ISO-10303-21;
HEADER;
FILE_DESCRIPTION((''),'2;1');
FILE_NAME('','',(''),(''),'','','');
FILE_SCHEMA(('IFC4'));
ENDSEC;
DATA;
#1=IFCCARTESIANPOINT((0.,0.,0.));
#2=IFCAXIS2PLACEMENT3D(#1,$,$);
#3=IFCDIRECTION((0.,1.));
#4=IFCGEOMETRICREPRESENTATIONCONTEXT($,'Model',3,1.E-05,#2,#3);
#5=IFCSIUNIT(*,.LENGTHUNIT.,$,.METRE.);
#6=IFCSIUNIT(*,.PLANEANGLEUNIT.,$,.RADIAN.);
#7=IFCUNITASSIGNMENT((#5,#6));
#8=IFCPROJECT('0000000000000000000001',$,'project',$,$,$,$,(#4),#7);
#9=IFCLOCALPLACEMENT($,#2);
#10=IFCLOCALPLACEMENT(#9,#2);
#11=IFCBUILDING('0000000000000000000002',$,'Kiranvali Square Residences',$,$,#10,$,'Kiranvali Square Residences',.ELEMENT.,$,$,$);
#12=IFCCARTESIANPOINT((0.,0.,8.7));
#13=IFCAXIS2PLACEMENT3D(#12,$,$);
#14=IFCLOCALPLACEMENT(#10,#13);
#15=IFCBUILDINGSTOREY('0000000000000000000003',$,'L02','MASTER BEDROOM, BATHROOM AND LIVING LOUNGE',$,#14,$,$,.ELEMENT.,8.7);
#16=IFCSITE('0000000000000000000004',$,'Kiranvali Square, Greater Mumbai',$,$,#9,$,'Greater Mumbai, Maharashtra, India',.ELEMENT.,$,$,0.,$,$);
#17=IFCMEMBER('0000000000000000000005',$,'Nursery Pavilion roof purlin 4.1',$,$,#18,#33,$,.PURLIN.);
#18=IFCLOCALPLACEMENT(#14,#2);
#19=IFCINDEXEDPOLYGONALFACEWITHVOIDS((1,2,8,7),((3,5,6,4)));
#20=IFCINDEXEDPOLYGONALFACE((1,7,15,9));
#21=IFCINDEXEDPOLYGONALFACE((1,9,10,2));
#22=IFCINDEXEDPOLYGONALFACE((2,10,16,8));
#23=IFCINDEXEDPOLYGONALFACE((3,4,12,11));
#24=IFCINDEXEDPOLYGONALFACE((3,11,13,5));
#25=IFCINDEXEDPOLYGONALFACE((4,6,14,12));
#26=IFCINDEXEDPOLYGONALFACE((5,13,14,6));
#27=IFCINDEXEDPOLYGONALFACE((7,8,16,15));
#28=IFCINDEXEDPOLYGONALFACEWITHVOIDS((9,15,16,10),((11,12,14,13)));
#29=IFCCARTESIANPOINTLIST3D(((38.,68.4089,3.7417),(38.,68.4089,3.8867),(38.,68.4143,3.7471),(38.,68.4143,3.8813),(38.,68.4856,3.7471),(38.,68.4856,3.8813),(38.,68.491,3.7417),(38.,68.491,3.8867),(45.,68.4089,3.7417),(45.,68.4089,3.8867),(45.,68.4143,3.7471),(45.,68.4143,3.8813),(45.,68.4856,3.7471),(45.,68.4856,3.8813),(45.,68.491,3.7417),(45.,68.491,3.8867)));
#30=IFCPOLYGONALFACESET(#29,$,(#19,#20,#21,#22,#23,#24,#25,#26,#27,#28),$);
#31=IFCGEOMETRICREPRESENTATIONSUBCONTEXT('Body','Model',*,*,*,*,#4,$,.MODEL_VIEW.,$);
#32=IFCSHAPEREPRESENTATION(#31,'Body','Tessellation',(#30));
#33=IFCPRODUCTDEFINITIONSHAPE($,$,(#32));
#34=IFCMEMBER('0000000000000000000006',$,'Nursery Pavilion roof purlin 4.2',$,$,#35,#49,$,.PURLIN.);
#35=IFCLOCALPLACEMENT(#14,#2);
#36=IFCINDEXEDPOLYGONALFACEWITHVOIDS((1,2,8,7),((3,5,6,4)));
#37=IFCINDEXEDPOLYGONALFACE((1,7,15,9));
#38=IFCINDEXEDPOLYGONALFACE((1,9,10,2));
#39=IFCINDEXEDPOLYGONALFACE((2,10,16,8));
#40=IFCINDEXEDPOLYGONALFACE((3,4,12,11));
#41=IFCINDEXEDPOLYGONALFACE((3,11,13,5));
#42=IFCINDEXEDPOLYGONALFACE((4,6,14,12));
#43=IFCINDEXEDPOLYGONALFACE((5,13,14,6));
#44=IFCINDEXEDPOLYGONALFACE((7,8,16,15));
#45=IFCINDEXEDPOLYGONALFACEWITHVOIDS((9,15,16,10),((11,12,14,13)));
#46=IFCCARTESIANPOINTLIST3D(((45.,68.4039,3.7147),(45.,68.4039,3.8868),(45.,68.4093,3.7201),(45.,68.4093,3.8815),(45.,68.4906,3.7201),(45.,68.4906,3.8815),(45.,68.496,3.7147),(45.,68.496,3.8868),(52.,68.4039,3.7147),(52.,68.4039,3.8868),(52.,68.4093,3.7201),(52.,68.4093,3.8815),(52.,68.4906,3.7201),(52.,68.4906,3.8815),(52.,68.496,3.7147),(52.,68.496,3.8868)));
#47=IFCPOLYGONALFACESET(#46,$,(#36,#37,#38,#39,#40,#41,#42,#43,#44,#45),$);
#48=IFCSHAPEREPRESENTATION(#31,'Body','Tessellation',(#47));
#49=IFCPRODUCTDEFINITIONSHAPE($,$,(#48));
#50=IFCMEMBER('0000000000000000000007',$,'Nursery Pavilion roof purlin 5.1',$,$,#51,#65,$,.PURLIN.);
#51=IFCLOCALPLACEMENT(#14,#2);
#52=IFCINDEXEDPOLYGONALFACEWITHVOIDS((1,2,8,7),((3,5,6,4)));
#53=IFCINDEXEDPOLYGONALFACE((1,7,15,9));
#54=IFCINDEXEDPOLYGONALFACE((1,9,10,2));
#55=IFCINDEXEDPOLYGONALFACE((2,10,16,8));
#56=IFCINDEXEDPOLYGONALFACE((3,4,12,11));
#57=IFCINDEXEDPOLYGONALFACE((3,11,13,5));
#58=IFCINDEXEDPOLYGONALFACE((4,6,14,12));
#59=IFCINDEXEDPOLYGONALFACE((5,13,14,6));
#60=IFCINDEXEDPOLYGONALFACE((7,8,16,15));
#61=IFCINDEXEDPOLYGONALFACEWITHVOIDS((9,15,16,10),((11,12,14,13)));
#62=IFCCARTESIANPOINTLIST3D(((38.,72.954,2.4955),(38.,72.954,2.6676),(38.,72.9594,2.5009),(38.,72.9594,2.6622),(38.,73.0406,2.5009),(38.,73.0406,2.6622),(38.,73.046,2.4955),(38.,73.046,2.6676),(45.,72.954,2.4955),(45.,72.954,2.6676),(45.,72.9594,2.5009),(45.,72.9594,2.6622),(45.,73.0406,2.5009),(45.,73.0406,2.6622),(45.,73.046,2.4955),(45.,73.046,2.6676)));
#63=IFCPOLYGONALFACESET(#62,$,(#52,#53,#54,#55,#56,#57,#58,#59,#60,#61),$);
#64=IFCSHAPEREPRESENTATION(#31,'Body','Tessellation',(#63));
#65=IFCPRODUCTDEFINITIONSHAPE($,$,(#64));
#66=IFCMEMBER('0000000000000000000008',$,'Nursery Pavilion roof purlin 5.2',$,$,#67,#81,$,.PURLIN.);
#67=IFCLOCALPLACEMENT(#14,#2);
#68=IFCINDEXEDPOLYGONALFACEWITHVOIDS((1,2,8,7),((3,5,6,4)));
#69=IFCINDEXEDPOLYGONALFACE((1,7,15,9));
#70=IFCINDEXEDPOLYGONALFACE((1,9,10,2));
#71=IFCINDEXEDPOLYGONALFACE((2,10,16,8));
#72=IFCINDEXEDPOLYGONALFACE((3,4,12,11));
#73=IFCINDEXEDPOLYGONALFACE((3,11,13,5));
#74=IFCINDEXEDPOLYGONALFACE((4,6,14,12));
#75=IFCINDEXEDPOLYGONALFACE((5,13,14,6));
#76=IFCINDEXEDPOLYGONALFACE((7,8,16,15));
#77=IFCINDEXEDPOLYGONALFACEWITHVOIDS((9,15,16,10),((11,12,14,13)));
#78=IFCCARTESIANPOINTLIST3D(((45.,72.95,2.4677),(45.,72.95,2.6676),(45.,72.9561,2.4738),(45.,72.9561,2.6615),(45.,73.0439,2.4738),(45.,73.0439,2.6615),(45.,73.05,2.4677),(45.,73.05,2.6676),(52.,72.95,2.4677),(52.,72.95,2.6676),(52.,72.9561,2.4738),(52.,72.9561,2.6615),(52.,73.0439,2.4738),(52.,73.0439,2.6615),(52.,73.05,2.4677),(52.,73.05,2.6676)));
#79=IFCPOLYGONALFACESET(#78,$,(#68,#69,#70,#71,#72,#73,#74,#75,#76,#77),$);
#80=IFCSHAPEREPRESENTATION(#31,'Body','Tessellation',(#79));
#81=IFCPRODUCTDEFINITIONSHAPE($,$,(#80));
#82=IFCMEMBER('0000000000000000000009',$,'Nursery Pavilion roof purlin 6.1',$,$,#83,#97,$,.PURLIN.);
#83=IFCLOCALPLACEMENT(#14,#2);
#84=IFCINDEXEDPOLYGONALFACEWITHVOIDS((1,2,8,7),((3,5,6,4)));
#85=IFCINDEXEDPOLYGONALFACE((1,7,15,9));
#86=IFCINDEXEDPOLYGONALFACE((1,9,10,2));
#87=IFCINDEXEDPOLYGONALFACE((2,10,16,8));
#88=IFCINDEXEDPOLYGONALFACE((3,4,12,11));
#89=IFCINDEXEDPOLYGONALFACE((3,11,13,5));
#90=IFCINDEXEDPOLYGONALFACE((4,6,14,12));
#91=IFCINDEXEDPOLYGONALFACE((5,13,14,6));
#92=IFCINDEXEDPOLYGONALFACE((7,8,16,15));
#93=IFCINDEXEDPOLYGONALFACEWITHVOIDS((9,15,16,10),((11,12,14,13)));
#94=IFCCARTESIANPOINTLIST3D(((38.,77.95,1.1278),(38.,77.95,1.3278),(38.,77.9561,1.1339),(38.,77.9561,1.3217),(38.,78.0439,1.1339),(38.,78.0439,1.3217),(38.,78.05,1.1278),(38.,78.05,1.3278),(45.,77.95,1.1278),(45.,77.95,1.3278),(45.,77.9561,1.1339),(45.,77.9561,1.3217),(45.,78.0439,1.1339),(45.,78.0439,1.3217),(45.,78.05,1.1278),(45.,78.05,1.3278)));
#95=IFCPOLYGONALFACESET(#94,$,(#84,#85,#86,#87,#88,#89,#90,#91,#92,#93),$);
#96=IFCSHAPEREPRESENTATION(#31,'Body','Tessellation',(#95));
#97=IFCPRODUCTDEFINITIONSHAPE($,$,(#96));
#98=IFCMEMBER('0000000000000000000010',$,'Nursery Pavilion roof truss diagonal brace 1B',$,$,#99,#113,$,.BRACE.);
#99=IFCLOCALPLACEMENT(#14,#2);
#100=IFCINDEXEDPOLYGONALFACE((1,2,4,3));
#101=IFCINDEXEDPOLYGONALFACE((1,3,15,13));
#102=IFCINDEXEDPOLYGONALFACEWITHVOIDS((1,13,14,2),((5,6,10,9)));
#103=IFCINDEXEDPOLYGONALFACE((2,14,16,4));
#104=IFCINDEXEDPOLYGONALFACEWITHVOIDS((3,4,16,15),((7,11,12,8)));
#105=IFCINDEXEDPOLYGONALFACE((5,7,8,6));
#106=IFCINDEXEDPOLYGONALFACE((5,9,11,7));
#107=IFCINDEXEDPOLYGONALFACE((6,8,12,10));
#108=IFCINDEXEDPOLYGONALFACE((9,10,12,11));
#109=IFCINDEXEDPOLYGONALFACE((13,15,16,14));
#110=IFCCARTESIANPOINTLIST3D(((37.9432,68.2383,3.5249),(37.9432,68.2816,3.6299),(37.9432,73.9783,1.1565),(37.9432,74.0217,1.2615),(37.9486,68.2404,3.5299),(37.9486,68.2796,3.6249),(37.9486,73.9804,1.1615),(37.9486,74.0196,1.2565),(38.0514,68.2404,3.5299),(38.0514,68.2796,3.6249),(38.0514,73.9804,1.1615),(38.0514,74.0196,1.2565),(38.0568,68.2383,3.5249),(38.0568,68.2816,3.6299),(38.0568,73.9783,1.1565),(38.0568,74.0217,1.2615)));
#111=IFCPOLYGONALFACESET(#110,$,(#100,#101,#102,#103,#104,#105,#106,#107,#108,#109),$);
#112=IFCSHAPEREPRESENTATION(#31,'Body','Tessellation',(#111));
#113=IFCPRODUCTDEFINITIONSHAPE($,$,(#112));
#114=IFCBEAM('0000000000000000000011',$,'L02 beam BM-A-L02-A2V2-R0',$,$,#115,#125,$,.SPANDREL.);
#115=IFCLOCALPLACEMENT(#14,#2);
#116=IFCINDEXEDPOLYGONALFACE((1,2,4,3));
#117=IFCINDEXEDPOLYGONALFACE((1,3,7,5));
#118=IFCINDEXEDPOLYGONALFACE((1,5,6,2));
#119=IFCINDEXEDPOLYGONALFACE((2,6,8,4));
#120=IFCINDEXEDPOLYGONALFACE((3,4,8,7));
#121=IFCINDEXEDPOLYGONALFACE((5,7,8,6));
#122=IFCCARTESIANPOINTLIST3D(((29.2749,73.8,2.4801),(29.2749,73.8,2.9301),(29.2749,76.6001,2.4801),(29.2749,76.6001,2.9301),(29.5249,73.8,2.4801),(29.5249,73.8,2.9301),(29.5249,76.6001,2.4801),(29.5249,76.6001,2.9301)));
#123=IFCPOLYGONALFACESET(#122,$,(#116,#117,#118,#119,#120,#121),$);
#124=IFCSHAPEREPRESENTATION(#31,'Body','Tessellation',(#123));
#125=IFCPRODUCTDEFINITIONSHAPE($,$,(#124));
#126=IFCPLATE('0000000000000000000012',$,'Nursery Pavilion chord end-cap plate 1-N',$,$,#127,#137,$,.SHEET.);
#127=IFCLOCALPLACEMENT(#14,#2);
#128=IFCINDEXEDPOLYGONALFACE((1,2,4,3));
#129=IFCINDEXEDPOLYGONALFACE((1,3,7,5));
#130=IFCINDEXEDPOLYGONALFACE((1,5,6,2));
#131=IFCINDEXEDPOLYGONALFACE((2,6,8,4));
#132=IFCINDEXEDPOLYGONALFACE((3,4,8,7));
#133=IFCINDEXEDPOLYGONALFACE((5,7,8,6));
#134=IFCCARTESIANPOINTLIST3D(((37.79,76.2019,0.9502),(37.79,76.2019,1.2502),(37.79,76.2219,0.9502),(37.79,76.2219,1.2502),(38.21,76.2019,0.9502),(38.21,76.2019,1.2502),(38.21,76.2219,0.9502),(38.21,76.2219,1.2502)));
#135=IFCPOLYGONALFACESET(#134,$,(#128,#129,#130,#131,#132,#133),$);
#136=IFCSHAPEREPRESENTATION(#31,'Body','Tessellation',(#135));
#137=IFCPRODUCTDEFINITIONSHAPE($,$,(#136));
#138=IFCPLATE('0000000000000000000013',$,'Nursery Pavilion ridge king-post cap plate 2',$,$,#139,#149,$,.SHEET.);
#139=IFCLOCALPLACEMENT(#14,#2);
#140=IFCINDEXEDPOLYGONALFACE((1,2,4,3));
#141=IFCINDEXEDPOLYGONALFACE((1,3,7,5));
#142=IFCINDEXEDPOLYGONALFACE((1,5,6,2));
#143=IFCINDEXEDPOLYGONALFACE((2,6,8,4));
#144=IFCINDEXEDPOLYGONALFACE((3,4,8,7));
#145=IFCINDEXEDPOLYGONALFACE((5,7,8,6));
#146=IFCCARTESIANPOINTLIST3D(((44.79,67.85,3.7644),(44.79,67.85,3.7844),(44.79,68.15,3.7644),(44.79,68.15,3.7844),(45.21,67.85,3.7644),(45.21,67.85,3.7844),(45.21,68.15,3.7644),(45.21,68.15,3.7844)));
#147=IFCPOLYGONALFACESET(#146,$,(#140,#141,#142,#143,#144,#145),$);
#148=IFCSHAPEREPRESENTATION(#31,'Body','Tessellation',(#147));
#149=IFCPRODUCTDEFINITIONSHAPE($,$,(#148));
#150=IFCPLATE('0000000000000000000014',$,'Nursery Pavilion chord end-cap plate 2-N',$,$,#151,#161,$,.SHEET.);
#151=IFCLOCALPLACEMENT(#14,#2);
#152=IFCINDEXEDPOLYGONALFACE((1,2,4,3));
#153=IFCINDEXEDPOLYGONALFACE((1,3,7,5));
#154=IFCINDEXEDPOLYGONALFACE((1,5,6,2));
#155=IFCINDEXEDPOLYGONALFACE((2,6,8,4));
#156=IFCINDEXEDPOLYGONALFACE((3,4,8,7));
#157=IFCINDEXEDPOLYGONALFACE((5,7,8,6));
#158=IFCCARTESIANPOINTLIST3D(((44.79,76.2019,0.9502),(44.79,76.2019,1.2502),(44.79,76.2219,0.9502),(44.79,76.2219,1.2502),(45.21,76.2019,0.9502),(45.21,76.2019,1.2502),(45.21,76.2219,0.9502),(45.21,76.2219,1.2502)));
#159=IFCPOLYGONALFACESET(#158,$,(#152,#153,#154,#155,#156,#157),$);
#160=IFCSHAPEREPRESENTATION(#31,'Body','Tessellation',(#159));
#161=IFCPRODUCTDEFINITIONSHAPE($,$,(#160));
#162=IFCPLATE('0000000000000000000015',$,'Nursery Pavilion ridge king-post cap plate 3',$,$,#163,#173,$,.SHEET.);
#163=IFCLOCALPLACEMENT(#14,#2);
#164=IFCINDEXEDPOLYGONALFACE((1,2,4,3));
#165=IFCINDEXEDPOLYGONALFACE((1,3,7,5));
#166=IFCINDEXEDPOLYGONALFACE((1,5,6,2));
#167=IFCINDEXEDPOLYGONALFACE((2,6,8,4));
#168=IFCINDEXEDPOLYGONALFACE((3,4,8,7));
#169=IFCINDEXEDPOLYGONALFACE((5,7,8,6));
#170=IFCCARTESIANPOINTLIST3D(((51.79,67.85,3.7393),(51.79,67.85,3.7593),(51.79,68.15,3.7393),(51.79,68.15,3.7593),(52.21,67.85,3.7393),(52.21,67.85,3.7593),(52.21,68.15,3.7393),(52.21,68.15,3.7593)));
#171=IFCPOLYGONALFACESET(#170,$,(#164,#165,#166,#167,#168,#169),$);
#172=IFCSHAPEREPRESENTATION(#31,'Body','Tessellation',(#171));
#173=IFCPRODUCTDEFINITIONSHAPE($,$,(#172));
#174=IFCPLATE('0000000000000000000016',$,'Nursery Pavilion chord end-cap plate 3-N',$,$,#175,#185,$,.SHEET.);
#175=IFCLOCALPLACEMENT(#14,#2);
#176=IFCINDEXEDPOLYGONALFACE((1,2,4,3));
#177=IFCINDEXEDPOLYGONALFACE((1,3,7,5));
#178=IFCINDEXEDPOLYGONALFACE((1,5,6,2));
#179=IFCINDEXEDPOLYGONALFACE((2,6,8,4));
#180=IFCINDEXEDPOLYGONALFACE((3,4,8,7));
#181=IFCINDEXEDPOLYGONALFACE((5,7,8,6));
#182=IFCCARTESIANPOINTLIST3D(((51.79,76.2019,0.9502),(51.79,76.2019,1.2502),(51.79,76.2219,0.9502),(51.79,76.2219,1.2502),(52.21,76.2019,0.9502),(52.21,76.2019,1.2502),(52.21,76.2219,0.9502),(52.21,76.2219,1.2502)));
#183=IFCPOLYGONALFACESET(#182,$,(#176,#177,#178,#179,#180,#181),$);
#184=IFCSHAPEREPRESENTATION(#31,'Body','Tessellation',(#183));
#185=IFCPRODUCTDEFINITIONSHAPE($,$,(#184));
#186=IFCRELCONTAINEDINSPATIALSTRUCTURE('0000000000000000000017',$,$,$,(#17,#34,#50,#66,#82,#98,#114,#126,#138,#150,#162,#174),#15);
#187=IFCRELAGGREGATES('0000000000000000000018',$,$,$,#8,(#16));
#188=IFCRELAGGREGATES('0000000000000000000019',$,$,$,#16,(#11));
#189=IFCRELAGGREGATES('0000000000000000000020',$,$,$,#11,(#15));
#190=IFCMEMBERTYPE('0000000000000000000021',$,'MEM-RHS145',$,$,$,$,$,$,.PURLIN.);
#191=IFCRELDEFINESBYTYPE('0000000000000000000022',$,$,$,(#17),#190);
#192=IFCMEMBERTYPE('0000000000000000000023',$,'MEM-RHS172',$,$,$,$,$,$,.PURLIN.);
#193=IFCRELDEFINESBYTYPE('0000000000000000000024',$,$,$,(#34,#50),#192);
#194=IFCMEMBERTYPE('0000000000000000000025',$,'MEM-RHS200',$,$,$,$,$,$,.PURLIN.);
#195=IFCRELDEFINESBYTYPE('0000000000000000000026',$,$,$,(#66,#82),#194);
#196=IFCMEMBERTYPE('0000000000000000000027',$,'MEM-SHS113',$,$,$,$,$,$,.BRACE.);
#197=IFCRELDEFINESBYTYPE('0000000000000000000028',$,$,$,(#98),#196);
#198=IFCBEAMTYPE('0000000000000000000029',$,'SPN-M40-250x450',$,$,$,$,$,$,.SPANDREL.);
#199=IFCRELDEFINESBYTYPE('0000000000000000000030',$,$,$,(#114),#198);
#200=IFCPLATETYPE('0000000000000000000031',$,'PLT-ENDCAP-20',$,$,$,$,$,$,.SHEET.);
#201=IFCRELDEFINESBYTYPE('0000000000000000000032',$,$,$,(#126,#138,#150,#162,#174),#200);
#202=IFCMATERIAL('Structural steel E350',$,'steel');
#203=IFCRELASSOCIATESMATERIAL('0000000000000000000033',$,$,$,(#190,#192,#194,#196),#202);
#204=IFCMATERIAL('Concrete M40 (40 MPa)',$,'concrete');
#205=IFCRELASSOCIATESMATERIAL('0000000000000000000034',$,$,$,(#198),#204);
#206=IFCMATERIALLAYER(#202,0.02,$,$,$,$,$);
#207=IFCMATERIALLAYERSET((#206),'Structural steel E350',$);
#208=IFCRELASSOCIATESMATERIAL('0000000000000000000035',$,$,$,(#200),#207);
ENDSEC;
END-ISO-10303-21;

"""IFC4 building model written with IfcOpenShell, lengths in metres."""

from ifc_helpers import new_model, si_unit, direction, frame, origin, origin_2d, place, context, subcontext, project, spatial, rectangle, hollow_rectangle, extrude, material, layer, layer_set, material_profile, profile_set, type_object, element, save


model = new_model("IFC4")

# Units and contexts
model_context = context("Model", 3, precision=1e-05, world=origin(), true_north=direction((0.0, 1.0)))
body_context = subcontext(model_context, "Body", "Model", "MODEL_VIEW")
ifc_project = project(units=[si_unit("LENGTHUNIT", "METRE"), si_unit("PLANEANGLEUNIT", "RADIAN")], contexts=[model_context])

# Site, building, storey
site_placement = place(None, origin())
site = spatial("IfcSite", under=ifc_project, at=site_placement, Name="Kiranvali Square, Greater Mumbai", LongName="Greater Mumbai, Maharashtra, India", CompositionType="ELEMENT", RefElevation=0.0)
building_placement = place(site_placement, origin())
building = spatial("IfcBuilding", under=site, at=building_placement, Name="Kiranvali Square Residences", LongName="Kiranvali Square Residences", CompositionType="ELEMENT")
storey_placement = place(building_placement, frame((0.0, 0.0, 8.7)))
storey = spatial("IfcBuildingStorey", under=building, at=storey_placement, Name="L02", Description="MASTER BEDROOM, BATHROOM AND LIVING LOUNGE", CompositionType="ELEMENT", Elevation=8.7)

# Shared definitions
ifc_material_1 = material(Name="Structural steel E350", Category="steel")

# Shared definitions
ifc_material_2 = material(Name="Concrete M40 (40 MPa)", Category="concrete")

# Members
ifc_material_profile_1 = material_profile(ifc_material_1, hollow_rectangle(XDim=0.082, YDim=0.145, WallThickness=0.0054, at=origin_2d()), Name="RHS 145x82x5.4")
ifc_profile_set_1 = profile_set([ifc_material_profile_1], Name="Structural steel E350")
member_type_1 = type_object("IfcMemberType", Name="MEM-RHS145", PredefinedType="PURLIN", material=ifc_profile_set_1)
member_1_placement = place(storey_placement, frame((38.0, 68.45, 3.8142), z_axis=(1.0, 0.0, 0.0), x_axis=(0.0, 1.0, 0.0)))
element("IfcMember", 1, at=member_1_placement, inside=storey, type_object=member_type_1, Name="Nursery Pavilion roof purlin 4.1", PredefinedType="PURLIN", context=body_context, shape_type="SweptSolid", body=[
    extrude(hollow_rectangle(XDim=0.082, YDim=0.145, WallThickness=0.0054, at=origin_2d()), origin(), (0.0, 0.0, 1.0), 7.0),
])
ifc_material_profile_2 = material_profile(ifc_material_1, hollow_rectangle(XDim=0.092, YDim=0.1721, WallThickness=0.0054, at=origin_2d()), Name="RHS 172x92x5.4")
ifc_profile_set_2 = profile_set([ifc_material_profile_2], Name="Structural steel E350")
member_type_2 = type_object("IfcMemberType", Name="MEM-RHS172", PredefinedType="PURLIN", material=ifc_profile_set_2)
for number, where, z_axis, x_axis, name in (
    (2, (45.0, 68.45, 3.8008), (1.0, 0.0, 0.0), (0.0, 1.0, 0.0), "Nursery Pavilion roof purlin 4.2"),
    (3, (38.0, 73.0, 2.5815), (1.0, 0.0, 0.0), (0.0, 1.0, 0.0), "Nursery Pavilion roof purlin 5.1"),
):
    element("IfcMember", number, at=place(storey_placement, frame(where, z_axis=z_axis, x_axis=x_axis)), inside=storey, type_object=member_type_2, Name=name, PredefinedType="PURLIN", context=body_context, shape_type="SweptSolid", body=[
        extrude(hollow_rectangle(XDim=0.092, YDim=0.1721, WallThickness=0.0054, at=origin_2d()), origin(), (0.0, 0.0, 1.0), 7.0),
    ])
ifc_material_profile_3 = material_profile(ifc_material_1, hollow_rectangle(XDim=0.1001, YDim=0.2, WallThickness=0.0061, at=origin_2d()), Name="RHS 200x100x6.0")
ifc_profile_set_3 = profile_set([ifc_material_profile_3], Name="Structural steel E350")
member_type_3 = type_object("IfcMemberType", Name="MEM-RHS200", PredefinedType="PURLIN", material=ifc_profile_set_3)
for number, where, z_axis, x_axis, name in (
    (4, (45.0, 73.0, 2.5676), (1.0, 0.0, 0.0), (0.0, 1.0, 0.0), "Nursery Pavilion roof purlin 5.2"),
    (5, (38.0, 78.0, 1.2278), (1.0, 0.0, 0.0), (0.0, 1.0, 0.0), "Nursery Pavilion roof purlin 6.1"),
):
    element("IfcMember", number, at=place(storey_placement, frame(where, z_axis=z_axis, x_axis=x_axis)), inside=storey, type_object=member_type_3, Name=name, PredefinedType="PURLIN", context=body_context, shape_type="SweptSolid", body=[
        extrude(hollow_rectangle(XDim=0.1001, YDim=0.2, WallThickness=0.0061, at=origin_2d()), origin(), (0.0, 0.0, 1.0), 7.0),
    ])
ifc_material_profile_4 = material_profile(ifc_material_1, hollow_rectangle(XDim=0.1135, YDim=0.1135, WallThickness=0.0054, at=origin_2d()), Name="SHS 113.5x113.5x5.4")
ifc_profile_set_4 = profile_set([ifc_material_profile_4], Name="Structural steel E350")
member_type_4 = type_object("IfcMemberType", Name="MEM-SHS113", PredefinedType="BRACE", material=ifc_profile_set_4)
member_2_placement = place(storey_placement, frame((38.0, 74.0, 1.209), z_axis=(0.0, -0.924401, 0.381422), x_axis=(1.0, 0.0, 0.0)))
element("IfcMember", 6, at=member_2_placement, inside=storey, type_object=member_type_4, Name="Nursery Pavilion roof truss diagonal brace 1B", PredefinedType="BRACE", context=body_context, shape_type="SweptSolid", body=[
    extrude(hollow_rectangle(XDim=0.1135, YDim=0.1135, WallThickness=0.0054, at=origin_2d()), origin(), (0.0, 0.0, 1.0), 6.2095),
])

# Beam
ifc_material_profile_5 = material_profile(ifc_material_2, rectangle(XDim=0.25, YDim=0.45, at=origin_2d()), Name="RC 250x450")
ifc_profile_set_5 = profile_set([ifc_material_profile_5], Name="Concrete M40 (40 MPa)")
beam_type_1 = type_object("IfcBeamType", Name="SPN-M40-250x450", PredefinedType="SPANDREL", material=ifc_profile_set_5)
beam_1_placement = place(storey_placement, frame((29.3999, 76.6001, 2.7051), z_axis=(0.0, -1.0, 0.0), x_axis=(1.0, 0.0, 0.0)))
element("IfcBeam", 7, at=beam_1_placement, inside=storey, type_object=beam_type_1, Name="L02 beam BM-A-L02-A2V2-R0", PredefinedType="SPANDREL", context=body_context, shape_type="SweptSolid", body=[
    extrude(rectangle(XDim=0.25, YDim=0.45, at=origin_2d()), origin(), (0.0, 0.0, 1.0), 2.8),
])

# Plates
ifc_layer_1 = layer(ifc_material_1, 0.02)
ifc_layer_set_1 = layer_set([ifc_layer_1], Name="Structural steel E350")
plate_type_1 = type_object("IfcPlateType", Name="PLT-ENDCAP-20", PredefinedType="SHEET", material=ifc_layer_set_1)
plate_1_placement = place(storey_placement, frame((38.0, 76.2119, 0.9502), z_axis=(0.0, 0.0, 1.0), x_axis=(1.0, 0.0, 0.0)))
element("IfcPlate", 8, at=plate_1_placement, inside=storey, type_object=plate_type_1, Name="Nursery Pavilion chord end-cap plate 1-N", PredefinedType="SHEET", context=body_context, shape_type="SweptSolid", body=[
    extrude(rectangle(XDim=0.4199, YDim=0.02, at=origin_2d()), origin(), (0.0, 0.0, 1.0), 0.3),
])
plate_2_placement = place(storey_placement, frame((45.0, 68.0, 3.7644), z_axis=(0.0, 0.0, 1.0), x_axis=(1.0, 0.0, 0.0)))
element("IfcPlate", 9, at=plate_2_placement, inside=storey, type_object=plate_type_1, Name="Nursery Pavilion ridge king-post cap plate 2", PredefinedType="SHEET", context=body_context, shape_type="SweptSolid", body=[
    extrude(rectangle(XDim=0.4199, YDim=0.3, at=origin_2d()), origin(), (0.0, 0.0, 1.0), 0.02),
])
plate_3_placement = place(storey_placement, frame((45.0, 76.2119, 0.9502), z_axis=(0.0, 0.0, 1.0), x_axis=(1.0, 0.0, 0.0)))
element("IfcPlate", 10, at=plate_3_placement, inside=storey, type_object=plate_type_1, Name="Nursery Pavilion chord end-cap plate 2-N", PredefinedType="SHEET", context=body_context, shape_type="SweptSolid", body=[
    extrude(rectangle(XDim=0.4199, YDim=0.02, at=origin_2d()), origin(), (0.0, 0.0, 1.0), 0.3),
])
plate_4_placement = place(storey_placement, frame((52.0, 68.0, 3.7393), z_axis=(0.0, 0.0, 1.0), x_axis=(1.0, 0.0, 0.0)))
element("IfcPlate", 11, at=plate_4_placement, inside=storey, type_object=plate_type_1, Name="Nursery Pavilion ridge king-post cap plate 3", PredefinedType="SHEET", context=body_context, shape_type="SweptSolid", body=[
    extrude(rectangle(XDim=0.4199, YDim=0.3, at=origin_2d()), origin(), (0.0, 0.0, 1.0), 0.02),
])
plate_5_placement = place(storey_placement, frame((52.0, 76.2119, 0.9502), z_axis=(0.0, 0.0, 1.0), x_axis=(1.0, 0.0, 0.0)))
element("IfcPlate", 12, at=plate_5_placement, inside=storey, type_object=plate_type_1, Name="Nursery Pavilion chord end-cap plate 3-N", PredefinedType="SHEET", context=body_context, shape_type="SweptSolid", body=[
    extrude(rectangle(XDim=0.4199, YDim=0.02, at=origin_2d()), origin(), (0.0, 0.0, 1.0), 0.3),
])

save(model, "model.ifc")
